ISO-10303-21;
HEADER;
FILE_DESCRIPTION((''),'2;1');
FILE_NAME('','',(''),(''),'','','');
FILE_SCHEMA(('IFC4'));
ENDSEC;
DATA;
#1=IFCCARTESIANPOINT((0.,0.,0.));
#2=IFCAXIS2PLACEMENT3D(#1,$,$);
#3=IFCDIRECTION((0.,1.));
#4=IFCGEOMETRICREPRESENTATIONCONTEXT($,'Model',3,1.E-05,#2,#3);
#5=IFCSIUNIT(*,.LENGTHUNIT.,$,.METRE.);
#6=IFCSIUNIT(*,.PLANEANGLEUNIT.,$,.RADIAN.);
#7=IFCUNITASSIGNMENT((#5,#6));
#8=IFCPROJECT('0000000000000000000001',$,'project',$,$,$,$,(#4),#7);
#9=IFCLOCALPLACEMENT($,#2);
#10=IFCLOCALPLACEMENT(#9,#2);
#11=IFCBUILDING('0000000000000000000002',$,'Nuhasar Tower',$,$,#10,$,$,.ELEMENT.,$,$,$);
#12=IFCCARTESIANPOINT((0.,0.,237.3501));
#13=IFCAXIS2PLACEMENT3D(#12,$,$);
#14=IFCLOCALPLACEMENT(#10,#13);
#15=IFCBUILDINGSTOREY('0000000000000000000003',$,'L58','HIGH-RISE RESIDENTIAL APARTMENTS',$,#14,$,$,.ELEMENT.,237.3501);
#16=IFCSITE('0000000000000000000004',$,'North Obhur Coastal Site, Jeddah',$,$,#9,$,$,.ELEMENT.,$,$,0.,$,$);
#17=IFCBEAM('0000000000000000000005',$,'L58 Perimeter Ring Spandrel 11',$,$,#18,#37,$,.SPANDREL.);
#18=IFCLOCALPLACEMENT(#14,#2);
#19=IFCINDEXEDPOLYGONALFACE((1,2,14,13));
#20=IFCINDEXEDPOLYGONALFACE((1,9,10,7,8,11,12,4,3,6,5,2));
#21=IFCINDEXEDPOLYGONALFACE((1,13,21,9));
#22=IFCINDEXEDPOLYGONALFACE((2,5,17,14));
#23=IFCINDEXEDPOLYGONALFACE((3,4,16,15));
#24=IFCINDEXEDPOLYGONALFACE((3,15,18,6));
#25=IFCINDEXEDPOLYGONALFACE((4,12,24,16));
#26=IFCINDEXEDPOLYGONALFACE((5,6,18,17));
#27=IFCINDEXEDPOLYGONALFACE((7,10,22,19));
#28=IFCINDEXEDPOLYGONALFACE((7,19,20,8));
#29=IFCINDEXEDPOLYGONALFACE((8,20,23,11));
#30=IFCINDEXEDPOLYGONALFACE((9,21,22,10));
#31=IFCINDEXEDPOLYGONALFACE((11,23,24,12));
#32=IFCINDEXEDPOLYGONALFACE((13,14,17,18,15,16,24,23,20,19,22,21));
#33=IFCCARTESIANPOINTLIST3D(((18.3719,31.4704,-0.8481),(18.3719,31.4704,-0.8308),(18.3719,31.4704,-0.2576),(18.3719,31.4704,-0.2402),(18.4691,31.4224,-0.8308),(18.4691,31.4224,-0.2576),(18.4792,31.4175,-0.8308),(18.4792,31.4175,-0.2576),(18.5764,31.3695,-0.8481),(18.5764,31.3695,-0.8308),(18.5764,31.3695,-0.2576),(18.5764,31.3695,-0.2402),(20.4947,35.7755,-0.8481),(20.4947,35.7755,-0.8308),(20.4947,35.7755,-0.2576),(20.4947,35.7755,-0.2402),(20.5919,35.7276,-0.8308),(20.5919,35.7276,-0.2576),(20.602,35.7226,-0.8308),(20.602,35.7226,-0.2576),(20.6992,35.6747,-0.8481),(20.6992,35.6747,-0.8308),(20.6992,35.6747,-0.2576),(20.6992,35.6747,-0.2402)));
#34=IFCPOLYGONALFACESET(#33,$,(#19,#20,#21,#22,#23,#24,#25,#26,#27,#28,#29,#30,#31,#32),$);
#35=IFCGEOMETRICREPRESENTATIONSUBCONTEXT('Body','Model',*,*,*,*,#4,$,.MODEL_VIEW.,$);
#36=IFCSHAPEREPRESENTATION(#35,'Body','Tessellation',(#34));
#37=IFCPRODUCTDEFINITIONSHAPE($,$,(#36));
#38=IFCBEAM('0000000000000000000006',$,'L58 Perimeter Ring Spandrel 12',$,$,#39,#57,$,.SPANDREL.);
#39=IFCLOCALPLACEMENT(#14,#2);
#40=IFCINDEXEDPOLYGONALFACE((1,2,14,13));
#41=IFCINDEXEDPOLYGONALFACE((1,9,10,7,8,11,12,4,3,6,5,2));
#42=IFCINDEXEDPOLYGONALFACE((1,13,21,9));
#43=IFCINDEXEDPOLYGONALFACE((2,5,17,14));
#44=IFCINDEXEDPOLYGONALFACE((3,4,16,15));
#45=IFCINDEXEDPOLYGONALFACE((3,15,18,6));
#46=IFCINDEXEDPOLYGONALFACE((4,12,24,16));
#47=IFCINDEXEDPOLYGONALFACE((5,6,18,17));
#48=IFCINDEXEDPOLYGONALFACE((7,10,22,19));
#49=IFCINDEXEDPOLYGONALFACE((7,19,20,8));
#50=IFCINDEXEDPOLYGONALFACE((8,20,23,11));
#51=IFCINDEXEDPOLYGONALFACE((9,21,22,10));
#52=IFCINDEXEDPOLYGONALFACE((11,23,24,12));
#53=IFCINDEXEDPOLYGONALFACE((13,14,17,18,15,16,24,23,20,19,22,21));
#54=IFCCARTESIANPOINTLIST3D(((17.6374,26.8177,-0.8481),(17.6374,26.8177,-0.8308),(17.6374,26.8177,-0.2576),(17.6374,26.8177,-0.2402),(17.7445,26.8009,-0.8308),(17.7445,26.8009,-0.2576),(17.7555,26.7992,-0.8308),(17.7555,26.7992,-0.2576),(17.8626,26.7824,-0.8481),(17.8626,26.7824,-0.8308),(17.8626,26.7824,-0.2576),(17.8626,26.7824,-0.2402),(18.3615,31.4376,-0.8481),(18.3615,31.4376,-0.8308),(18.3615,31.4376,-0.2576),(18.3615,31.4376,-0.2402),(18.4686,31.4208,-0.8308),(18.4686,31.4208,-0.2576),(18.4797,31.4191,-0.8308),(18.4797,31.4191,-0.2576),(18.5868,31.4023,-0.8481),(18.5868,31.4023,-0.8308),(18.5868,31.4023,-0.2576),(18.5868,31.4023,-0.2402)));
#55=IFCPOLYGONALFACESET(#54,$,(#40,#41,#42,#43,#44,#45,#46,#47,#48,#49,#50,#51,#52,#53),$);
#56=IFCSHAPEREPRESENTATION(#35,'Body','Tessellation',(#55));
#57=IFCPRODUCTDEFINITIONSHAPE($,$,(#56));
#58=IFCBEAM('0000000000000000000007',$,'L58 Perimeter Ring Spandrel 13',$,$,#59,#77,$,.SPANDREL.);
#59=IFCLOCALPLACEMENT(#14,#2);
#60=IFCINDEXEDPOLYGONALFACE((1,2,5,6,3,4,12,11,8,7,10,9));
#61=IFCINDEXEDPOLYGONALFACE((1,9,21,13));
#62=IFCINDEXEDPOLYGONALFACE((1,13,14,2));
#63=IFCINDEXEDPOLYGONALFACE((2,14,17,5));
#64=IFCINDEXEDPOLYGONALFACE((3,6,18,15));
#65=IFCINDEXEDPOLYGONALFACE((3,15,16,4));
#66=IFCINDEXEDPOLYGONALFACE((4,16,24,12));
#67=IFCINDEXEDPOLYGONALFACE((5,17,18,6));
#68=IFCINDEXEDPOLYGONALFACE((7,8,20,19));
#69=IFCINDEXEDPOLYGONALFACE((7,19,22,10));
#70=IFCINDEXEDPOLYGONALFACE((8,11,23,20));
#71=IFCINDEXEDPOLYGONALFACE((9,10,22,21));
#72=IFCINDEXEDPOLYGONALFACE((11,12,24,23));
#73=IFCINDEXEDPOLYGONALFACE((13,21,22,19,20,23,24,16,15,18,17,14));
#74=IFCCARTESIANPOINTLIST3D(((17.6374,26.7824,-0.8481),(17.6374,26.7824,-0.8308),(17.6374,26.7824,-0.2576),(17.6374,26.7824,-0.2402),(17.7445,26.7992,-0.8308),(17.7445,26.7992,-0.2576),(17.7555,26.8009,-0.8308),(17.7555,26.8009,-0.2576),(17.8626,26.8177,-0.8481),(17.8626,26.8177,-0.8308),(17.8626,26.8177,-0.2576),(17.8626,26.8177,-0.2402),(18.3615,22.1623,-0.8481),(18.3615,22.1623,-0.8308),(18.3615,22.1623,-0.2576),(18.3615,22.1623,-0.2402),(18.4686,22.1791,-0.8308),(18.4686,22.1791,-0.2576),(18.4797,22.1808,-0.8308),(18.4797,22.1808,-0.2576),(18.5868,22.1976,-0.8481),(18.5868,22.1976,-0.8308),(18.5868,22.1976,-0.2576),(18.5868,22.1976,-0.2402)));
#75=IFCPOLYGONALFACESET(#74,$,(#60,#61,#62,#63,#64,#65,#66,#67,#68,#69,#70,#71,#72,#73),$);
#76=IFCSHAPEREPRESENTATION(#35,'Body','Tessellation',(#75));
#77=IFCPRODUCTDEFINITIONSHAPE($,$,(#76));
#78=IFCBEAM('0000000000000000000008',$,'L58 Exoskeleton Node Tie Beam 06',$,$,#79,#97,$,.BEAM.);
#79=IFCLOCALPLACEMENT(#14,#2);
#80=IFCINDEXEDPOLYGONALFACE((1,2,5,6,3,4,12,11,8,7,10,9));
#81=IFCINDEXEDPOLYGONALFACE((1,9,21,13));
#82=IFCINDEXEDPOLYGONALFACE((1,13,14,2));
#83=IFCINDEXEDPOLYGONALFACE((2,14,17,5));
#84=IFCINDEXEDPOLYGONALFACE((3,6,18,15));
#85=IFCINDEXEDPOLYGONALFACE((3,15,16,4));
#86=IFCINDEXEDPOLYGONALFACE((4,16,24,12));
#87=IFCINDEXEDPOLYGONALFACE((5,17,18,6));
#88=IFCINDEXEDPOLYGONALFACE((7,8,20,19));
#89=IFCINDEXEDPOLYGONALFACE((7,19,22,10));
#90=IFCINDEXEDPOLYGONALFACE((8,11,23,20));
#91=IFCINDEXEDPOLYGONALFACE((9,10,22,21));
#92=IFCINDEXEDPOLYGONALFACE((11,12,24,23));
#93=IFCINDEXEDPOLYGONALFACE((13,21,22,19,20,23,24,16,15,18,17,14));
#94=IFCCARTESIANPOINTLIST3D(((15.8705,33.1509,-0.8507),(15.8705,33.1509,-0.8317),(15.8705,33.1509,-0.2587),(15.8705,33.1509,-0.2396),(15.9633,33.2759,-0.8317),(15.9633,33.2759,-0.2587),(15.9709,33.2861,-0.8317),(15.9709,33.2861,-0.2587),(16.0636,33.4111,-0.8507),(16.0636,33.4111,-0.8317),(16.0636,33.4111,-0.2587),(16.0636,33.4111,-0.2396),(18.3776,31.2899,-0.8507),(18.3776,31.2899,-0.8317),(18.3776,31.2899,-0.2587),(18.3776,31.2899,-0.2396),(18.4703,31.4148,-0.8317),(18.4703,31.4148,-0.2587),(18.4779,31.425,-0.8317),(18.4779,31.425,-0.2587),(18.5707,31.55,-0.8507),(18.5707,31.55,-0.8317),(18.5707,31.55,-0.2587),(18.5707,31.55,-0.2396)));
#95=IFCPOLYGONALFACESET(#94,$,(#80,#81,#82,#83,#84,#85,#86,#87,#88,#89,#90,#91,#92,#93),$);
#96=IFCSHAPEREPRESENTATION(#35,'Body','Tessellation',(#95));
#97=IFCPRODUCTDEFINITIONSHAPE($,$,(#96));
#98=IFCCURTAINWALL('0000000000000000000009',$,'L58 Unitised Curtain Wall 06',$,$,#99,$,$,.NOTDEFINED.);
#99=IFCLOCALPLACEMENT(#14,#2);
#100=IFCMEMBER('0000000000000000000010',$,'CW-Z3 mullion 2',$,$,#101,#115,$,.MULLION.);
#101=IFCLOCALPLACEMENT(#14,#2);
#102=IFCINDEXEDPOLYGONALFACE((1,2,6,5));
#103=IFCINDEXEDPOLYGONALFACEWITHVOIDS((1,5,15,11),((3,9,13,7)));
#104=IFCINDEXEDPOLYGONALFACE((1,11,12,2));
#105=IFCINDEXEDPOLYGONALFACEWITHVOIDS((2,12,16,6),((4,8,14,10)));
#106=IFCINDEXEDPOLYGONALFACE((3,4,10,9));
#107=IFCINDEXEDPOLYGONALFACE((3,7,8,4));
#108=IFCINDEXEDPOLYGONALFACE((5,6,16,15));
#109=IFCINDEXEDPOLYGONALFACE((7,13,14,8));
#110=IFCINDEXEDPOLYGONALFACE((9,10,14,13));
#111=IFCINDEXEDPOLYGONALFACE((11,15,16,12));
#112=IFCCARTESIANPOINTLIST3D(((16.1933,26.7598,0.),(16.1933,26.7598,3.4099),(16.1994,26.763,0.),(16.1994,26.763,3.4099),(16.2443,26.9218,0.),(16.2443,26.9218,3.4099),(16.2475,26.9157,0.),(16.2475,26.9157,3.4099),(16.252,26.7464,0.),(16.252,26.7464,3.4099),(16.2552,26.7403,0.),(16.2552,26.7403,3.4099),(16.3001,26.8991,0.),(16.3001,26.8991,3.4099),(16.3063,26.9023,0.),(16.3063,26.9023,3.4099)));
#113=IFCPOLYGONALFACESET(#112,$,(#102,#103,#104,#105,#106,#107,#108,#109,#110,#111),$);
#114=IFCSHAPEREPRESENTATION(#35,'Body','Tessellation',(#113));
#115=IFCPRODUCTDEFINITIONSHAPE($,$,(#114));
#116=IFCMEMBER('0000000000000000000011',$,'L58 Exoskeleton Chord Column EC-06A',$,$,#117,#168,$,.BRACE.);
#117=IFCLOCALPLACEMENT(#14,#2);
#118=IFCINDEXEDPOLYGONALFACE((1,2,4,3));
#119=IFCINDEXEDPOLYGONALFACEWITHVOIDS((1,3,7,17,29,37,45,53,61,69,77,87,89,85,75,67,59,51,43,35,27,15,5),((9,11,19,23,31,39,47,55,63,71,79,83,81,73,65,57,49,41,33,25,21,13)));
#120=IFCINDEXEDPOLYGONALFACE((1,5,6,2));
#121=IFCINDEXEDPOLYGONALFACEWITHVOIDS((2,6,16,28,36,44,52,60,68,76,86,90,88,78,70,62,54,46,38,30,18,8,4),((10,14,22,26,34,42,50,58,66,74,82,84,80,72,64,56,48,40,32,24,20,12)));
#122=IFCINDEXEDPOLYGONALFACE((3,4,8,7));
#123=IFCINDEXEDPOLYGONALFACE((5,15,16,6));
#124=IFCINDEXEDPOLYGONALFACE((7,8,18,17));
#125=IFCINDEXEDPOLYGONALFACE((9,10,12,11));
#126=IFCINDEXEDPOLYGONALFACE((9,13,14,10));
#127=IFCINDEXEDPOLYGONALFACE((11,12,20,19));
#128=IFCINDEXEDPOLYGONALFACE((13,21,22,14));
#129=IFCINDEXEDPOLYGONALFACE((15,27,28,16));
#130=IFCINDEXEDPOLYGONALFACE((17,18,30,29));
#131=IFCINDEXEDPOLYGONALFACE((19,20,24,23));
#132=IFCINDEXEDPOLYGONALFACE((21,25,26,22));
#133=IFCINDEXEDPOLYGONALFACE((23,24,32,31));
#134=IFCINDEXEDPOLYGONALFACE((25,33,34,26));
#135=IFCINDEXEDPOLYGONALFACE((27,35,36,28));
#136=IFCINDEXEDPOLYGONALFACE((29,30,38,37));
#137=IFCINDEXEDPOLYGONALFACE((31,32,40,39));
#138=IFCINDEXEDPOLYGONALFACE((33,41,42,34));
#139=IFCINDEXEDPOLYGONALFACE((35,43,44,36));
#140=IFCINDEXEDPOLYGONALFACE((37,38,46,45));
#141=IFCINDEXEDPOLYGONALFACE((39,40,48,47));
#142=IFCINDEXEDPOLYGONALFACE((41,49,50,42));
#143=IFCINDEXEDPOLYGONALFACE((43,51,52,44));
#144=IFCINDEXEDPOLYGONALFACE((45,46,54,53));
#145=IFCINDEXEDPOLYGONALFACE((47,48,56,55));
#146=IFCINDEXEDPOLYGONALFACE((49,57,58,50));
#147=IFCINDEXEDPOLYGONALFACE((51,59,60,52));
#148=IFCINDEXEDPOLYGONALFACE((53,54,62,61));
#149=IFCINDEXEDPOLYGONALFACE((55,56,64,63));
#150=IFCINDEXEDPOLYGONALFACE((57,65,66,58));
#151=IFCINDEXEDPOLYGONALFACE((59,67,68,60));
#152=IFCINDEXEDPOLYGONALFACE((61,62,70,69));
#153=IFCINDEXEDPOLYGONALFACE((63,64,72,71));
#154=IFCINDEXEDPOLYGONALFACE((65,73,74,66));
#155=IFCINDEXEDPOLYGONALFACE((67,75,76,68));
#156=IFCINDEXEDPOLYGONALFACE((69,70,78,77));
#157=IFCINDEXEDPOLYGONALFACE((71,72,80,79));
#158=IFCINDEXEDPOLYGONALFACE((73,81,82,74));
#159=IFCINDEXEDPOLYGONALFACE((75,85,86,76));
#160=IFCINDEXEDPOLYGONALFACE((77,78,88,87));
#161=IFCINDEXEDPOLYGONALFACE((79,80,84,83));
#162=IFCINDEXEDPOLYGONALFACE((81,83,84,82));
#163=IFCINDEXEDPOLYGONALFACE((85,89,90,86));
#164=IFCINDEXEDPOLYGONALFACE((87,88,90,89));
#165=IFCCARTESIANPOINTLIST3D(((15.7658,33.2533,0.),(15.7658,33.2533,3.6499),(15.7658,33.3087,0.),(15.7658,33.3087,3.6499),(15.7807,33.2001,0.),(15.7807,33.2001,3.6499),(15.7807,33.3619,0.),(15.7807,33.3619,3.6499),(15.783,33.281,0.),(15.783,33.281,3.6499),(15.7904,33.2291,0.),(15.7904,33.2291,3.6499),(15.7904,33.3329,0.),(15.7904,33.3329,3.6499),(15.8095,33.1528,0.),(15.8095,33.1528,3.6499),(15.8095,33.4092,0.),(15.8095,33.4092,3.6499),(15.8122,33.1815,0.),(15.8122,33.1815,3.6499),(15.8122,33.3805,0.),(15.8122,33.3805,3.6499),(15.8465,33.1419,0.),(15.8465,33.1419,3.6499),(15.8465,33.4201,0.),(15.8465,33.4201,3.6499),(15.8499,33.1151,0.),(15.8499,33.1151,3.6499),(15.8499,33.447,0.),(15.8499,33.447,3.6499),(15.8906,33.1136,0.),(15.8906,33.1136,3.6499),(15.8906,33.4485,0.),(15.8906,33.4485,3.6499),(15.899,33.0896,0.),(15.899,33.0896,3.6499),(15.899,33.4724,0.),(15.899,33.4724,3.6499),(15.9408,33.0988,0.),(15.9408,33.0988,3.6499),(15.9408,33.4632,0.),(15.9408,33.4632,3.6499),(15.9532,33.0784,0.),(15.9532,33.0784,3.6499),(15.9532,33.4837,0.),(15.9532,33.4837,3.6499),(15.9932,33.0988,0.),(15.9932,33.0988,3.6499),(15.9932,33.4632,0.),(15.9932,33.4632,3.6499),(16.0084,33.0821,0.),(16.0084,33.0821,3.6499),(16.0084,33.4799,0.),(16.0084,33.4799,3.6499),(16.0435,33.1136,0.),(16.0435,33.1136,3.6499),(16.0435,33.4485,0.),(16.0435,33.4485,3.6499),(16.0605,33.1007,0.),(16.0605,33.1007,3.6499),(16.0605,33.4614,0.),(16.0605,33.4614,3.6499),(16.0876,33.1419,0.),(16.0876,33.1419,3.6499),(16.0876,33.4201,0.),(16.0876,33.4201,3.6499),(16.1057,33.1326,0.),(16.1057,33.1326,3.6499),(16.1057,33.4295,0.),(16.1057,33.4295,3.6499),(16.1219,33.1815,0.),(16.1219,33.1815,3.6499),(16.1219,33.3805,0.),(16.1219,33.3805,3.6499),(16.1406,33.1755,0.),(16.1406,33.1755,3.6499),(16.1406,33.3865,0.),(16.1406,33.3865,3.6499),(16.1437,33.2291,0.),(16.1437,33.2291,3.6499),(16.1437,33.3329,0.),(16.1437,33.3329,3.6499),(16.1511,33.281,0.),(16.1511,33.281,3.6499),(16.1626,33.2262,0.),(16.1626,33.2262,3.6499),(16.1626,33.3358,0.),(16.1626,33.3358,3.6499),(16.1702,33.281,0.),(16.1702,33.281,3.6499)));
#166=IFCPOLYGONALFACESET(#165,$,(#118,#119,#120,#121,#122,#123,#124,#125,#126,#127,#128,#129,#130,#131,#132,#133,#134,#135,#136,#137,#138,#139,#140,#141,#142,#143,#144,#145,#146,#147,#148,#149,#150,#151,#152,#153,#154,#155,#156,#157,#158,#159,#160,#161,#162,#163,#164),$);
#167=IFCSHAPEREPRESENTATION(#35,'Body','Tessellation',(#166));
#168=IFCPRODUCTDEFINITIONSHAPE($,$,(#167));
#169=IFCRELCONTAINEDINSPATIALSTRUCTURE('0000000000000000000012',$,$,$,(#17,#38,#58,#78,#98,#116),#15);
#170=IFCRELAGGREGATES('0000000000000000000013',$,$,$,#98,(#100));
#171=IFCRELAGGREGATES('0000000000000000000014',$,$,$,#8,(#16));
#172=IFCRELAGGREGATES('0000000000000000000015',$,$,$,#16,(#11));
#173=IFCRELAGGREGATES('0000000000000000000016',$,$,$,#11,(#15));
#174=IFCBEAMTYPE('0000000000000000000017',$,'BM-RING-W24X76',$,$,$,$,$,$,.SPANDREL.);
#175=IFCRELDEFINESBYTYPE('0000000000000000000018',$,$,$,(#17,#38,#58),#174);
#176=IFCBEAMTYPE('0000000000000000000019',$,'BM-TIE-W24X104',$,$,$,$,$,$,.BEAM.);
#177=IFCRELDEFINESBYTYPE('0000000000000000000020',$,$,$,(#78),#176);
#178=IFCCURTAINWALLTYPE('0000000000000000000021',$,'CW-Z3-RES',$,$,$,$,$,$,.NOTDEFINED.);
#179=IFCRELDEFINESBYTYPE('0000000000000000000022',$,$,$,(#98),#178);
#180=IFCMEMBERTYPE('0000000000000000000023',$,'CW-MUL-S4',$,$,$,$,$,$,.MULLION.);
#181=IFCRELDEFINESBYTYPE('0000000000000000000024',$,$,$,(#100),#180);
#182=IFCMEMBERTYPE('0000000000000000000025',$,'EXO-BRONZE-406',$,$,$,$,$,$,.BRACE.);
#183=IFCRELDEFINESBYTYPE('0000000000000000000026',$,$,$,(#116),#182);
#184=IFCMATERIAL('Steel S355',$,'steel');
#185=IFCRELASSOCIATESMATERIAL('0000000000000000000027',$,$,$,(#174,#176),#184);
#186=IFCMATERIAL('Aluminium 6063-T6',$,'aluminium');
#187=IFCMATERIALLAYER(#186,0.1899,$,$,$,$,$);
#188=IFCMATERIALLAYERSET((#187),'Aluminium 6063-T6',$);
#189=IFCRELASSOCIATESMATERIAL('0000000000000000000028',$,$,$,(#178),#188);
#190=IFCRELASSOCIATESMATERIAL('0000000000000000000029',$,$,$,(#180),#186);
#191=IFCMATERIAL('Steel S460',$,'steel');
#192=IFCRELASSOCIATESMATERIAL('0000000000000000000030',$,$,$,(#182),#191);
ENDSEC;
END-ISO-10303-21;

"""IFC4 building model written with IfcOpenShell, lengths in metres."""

from ifc_helpers import new_model, si_unit, direction, frame, origin, origin_2d, place, context, subcontext, project, spatial, hollow_rectangle, hollow_circle, i_section, extrude, material, layer, layer_set, material_profile, profile_set, type_object, element, aggregate, save


model = new_model("IFC4")

# Units and contexts
model_context = context("Model", 3, precision=1e-05, world=origin(), true_north=direction((0.0, 1.0)))
body_context = subcontext(model_context, "Body", "Model", "MODEL_VIEW")
ifc_project = project(units=[si_unit("LENGTHUNIT", "METRE"), si_unit("PLANEANGLEUNIT", "RADIAN")], contexts=[model_context])

# Site, building, storey
site_placement = place(None, origin())
site = spatial("IfcSite", under=ifc_project, at=site_placement, Name="North Obhur Coastal Site, Jeddah", CompositionType="ELEMENT", RefElevation=0.0)
building_placement = place(site_placement, origin())
building = spatial("IfcBuilding", under=site, at=building_placement, Name="Nuhasar Tower", CompositionType="ELEMENT")
storey_placement = place(building_placement, frame((0.0, 0.0, 237.3501)))
storey = spatial("IfcBuildingStorey", under=building, at=storey_placement, Name="L58", Description="HIGH-RISE RESIDENTIAL APARTMENTS", CompositionType="ELEMENT", Elevation=237.3501)

# Beams
ifc_material_1 = material(Name="Steel S355", Category="steel")
ifc_material_profile_1 = material_profile(ifc_material_1, i_section(OverallWidth=0.228, OverallDepth=0.6079, WebThickness=0.0112, FlangeThickness=0.0173, at=origin_2d()), Name="W24X76")
ifc_profile_set_1 = profile_set([ifc_material_profile_1], Name="Steel S355")
beam_type_1 = type_object("IfcBeamType", Name="BM-RING-W24X76", PredefinedType="SPANDREL", material=ifc_profile_set_1)
beam_1_placement = place(storey_placement, frame((20.5969, 35.7251, -0.5442), z_axis=(-0.442243, -0.896895, 0.0), x_axis=(0.896895, -0.442243, 0.0)))
element("IfcBeam", 1, at=beam_1_placement, inside=storey, type_object=beam_type_1, Name="L58 Perimeter Ring Spandrel 11", PredefinedType="SPANDREL", context=body_context, shape_type="SweptSolid", body=[
    extrude(i_section(OverallWidth=0.228, OverallDepth=0.6079, WebThickness=0.0112, FlangeThickness=0.0173, at=origin_2d()), origin(), (0.0, 0.0, 1.0), 4.8),
])
beam_2_placement = place(storey_placement, frame((18.4741, 31.4199, -0.5442), z_axis=(-0.15485, -0.987938, 0.0), x_axis=(0.987938, -0.15485, 0.0)))
element("IfcBeam", 2, at=beam_2_placement, inside=storey, type_object=beam_type_1, Name="L58 Perimeter Ring Spandrel 12", PredefinedType="SPANDREL", context=body_context, shape_type="SweptSolid", body=[
    extrude(i_section(OverallWidth=0.228, OverallDepth=0.6079, WebThickness=0.0112, FlangeThickness=0.0173, at=origin_2d()), origin(), (0.0, 0.0, 1.0), 4.6763),
])
beam_3_placement = place(storey_placement, frame((17.75, 26.8, -0.5442), z_axis=(0.154842, -0.987939, 0.0), x_axis=(0.987939, 0.154842, 0.0)))
element("IfcBeam", 3, at=beam_3_placement, inside=storey, type_object=beam_type_1, Name="L58 Perimeter Ring Spandrel 13", PredefinedType="SPANDREL", context=body_context, shape_type="SweptSolid", body=[
    extrude(i_section(OverallWidth=0.228, OverallDepth=0.6079, WebThickness=0.0112, FlangeThickness=0.0173, at=origin_2d()), origin(), (0.0, 0.0, 1.0), 4.6765),
])
ifc_material_profile_2 = material_profile(ifc_material_1, i_section(OverallWidth=0.324, OverallDepth=0.6111, WebThickness=0.0127, FlangeThickness=0.019, at=origin_2d()), Name="W24X104")
ifc_profile_set_2 = profile_set([ifc_material_profile_2], Name="Steel S355")
beam_type_2 = type_object("IfcBeamType", Name="BM-TIE-W24X104", PredefinedType="BEAM", material=ifc_profile_set_2)
beam_4_placement = place(storey_placement, frame((18.4741, 31.4199, -0.5452), z_axis=(-0.802946, 0.596052, 0.0), x_axis=(-0.596052, -0.802946, 0.0)))
element("IfcBeam", 4, at=beam_4_placement, inside=storey, type_object=beam_type_2, Name="L58 Exoskeleton Node Tie Beam 06", PredefinedType="BEAM", context=body_context, shape_type="SweptSolid", body=[
    extrude(i_section(OverallWidth=0.324, OverallDepth=0.6111, WebThickness=0.0127, FlangeThickness=0.019, at=origin_2d()), origin(), (0.0, 0.0, 1.0), 3.1223),
])

# Curtain wall, member
ifc_material_2 = material(Name="Aluminium 6063-T6", Category="aluminium")
ifc_layer_1 = layer(ifc_material_2, 0.1899)
ifc_layer_set_1 = layer_set([ifc_layer_1], Name="Aluminium 6063-T6")
curtain_wall_type = type_object("IfcCurtainWallType", Name="CW-Z3-RES", PredefinedType="NOTDEFINED", material=ifc_layer_set_1)
curtain_wall_placement = place(storey_placement, origin())
curtain_wall = element("IfcCurtainWall", 5, at=curtain_wall_placement, inside=storey, type_object=curtain_wall_type, Name="L58 Unitised Curtain Wall 06", PredefinedType="NOTDEFINED")
ifc_material_profile_3 = material_profile(ifc_material_2, hollow_rectangle(XDim=0.0649, YDim=0.1699, WallThickness=0.0049, at=origin_2d()), Name="CWM-4")
ifc_profile_set_3 = profile_set([ifc_material_profile_3], Name="Aluminium 6063-T6")
member_type_1 = type_object("IfcMemberType", Name="CW-MUL-S4", PredefinedType="MULLION", material=ifc_profile_set_3)
member_placement = place(storey_placement, frame((16.2498, 26.8311, 0.0), z_axis=(0.0, 0.0, 1.0), x_axis=(0.953804, -0.300429, 0.0)))
member = element("IfcMember", 6, at=member_placement, type_object=member_type_1, Name="CW-Z3 mullion 2", PredefinedType="MULLION", context=body_context, shape_type="SweptSolid", body=[
    extrude(hollow_rectangle(XDim=0.0649, YDim=0.1699, WallThickness=0.0049, at=origin_2d()), origin(), (0.0, 0.0, 1.0), 3.4099),
])

# Member
ifc_material_3 = material(Name="Steel S460", Category="steel")
ifc_material_profile_4 = material_profile(ifc_material_3, hollow_circle(Radius=0.2031, WallThickness=0.019, at=origin_2d()), Name="HSS406.4X19.1")
ifc_profile_set_4 = profile_set([ifc_material_profile_4], Name="Steel S460")
member_type_2 = type_object("IfcMemberType", Name="EXO-BRONZE-406", PredefinedType="BRACE", material=ifc_profile_set_4)
for number, where, z_axis, x_axis, name in (
    (7, (15.967, 33.281, 0.0), (0.0, 0.0, 1.0), (1.0, 0.0, 0.0), "L58 Exoskeleton Chord Column EC-06A"),
):
    element("IfcMember", number, at=place(storey_placement, frame(where, z_axis=z_axis, x_axis=x_axis)), inside=storey, type_object=member_type_2, Name=name, PredefinedType="BRACE", context=body_context, shape_type="SweptSolid", body=[
        extrude(hollow_circle(Radius=0.2031, WallThickness=0.019, at=origin_2d()), origin(), (0.0, 0.0, 1.0), 3.6499),
    ])

aggregate(curtain_wall, [member])

save(model, "model.ifc")
